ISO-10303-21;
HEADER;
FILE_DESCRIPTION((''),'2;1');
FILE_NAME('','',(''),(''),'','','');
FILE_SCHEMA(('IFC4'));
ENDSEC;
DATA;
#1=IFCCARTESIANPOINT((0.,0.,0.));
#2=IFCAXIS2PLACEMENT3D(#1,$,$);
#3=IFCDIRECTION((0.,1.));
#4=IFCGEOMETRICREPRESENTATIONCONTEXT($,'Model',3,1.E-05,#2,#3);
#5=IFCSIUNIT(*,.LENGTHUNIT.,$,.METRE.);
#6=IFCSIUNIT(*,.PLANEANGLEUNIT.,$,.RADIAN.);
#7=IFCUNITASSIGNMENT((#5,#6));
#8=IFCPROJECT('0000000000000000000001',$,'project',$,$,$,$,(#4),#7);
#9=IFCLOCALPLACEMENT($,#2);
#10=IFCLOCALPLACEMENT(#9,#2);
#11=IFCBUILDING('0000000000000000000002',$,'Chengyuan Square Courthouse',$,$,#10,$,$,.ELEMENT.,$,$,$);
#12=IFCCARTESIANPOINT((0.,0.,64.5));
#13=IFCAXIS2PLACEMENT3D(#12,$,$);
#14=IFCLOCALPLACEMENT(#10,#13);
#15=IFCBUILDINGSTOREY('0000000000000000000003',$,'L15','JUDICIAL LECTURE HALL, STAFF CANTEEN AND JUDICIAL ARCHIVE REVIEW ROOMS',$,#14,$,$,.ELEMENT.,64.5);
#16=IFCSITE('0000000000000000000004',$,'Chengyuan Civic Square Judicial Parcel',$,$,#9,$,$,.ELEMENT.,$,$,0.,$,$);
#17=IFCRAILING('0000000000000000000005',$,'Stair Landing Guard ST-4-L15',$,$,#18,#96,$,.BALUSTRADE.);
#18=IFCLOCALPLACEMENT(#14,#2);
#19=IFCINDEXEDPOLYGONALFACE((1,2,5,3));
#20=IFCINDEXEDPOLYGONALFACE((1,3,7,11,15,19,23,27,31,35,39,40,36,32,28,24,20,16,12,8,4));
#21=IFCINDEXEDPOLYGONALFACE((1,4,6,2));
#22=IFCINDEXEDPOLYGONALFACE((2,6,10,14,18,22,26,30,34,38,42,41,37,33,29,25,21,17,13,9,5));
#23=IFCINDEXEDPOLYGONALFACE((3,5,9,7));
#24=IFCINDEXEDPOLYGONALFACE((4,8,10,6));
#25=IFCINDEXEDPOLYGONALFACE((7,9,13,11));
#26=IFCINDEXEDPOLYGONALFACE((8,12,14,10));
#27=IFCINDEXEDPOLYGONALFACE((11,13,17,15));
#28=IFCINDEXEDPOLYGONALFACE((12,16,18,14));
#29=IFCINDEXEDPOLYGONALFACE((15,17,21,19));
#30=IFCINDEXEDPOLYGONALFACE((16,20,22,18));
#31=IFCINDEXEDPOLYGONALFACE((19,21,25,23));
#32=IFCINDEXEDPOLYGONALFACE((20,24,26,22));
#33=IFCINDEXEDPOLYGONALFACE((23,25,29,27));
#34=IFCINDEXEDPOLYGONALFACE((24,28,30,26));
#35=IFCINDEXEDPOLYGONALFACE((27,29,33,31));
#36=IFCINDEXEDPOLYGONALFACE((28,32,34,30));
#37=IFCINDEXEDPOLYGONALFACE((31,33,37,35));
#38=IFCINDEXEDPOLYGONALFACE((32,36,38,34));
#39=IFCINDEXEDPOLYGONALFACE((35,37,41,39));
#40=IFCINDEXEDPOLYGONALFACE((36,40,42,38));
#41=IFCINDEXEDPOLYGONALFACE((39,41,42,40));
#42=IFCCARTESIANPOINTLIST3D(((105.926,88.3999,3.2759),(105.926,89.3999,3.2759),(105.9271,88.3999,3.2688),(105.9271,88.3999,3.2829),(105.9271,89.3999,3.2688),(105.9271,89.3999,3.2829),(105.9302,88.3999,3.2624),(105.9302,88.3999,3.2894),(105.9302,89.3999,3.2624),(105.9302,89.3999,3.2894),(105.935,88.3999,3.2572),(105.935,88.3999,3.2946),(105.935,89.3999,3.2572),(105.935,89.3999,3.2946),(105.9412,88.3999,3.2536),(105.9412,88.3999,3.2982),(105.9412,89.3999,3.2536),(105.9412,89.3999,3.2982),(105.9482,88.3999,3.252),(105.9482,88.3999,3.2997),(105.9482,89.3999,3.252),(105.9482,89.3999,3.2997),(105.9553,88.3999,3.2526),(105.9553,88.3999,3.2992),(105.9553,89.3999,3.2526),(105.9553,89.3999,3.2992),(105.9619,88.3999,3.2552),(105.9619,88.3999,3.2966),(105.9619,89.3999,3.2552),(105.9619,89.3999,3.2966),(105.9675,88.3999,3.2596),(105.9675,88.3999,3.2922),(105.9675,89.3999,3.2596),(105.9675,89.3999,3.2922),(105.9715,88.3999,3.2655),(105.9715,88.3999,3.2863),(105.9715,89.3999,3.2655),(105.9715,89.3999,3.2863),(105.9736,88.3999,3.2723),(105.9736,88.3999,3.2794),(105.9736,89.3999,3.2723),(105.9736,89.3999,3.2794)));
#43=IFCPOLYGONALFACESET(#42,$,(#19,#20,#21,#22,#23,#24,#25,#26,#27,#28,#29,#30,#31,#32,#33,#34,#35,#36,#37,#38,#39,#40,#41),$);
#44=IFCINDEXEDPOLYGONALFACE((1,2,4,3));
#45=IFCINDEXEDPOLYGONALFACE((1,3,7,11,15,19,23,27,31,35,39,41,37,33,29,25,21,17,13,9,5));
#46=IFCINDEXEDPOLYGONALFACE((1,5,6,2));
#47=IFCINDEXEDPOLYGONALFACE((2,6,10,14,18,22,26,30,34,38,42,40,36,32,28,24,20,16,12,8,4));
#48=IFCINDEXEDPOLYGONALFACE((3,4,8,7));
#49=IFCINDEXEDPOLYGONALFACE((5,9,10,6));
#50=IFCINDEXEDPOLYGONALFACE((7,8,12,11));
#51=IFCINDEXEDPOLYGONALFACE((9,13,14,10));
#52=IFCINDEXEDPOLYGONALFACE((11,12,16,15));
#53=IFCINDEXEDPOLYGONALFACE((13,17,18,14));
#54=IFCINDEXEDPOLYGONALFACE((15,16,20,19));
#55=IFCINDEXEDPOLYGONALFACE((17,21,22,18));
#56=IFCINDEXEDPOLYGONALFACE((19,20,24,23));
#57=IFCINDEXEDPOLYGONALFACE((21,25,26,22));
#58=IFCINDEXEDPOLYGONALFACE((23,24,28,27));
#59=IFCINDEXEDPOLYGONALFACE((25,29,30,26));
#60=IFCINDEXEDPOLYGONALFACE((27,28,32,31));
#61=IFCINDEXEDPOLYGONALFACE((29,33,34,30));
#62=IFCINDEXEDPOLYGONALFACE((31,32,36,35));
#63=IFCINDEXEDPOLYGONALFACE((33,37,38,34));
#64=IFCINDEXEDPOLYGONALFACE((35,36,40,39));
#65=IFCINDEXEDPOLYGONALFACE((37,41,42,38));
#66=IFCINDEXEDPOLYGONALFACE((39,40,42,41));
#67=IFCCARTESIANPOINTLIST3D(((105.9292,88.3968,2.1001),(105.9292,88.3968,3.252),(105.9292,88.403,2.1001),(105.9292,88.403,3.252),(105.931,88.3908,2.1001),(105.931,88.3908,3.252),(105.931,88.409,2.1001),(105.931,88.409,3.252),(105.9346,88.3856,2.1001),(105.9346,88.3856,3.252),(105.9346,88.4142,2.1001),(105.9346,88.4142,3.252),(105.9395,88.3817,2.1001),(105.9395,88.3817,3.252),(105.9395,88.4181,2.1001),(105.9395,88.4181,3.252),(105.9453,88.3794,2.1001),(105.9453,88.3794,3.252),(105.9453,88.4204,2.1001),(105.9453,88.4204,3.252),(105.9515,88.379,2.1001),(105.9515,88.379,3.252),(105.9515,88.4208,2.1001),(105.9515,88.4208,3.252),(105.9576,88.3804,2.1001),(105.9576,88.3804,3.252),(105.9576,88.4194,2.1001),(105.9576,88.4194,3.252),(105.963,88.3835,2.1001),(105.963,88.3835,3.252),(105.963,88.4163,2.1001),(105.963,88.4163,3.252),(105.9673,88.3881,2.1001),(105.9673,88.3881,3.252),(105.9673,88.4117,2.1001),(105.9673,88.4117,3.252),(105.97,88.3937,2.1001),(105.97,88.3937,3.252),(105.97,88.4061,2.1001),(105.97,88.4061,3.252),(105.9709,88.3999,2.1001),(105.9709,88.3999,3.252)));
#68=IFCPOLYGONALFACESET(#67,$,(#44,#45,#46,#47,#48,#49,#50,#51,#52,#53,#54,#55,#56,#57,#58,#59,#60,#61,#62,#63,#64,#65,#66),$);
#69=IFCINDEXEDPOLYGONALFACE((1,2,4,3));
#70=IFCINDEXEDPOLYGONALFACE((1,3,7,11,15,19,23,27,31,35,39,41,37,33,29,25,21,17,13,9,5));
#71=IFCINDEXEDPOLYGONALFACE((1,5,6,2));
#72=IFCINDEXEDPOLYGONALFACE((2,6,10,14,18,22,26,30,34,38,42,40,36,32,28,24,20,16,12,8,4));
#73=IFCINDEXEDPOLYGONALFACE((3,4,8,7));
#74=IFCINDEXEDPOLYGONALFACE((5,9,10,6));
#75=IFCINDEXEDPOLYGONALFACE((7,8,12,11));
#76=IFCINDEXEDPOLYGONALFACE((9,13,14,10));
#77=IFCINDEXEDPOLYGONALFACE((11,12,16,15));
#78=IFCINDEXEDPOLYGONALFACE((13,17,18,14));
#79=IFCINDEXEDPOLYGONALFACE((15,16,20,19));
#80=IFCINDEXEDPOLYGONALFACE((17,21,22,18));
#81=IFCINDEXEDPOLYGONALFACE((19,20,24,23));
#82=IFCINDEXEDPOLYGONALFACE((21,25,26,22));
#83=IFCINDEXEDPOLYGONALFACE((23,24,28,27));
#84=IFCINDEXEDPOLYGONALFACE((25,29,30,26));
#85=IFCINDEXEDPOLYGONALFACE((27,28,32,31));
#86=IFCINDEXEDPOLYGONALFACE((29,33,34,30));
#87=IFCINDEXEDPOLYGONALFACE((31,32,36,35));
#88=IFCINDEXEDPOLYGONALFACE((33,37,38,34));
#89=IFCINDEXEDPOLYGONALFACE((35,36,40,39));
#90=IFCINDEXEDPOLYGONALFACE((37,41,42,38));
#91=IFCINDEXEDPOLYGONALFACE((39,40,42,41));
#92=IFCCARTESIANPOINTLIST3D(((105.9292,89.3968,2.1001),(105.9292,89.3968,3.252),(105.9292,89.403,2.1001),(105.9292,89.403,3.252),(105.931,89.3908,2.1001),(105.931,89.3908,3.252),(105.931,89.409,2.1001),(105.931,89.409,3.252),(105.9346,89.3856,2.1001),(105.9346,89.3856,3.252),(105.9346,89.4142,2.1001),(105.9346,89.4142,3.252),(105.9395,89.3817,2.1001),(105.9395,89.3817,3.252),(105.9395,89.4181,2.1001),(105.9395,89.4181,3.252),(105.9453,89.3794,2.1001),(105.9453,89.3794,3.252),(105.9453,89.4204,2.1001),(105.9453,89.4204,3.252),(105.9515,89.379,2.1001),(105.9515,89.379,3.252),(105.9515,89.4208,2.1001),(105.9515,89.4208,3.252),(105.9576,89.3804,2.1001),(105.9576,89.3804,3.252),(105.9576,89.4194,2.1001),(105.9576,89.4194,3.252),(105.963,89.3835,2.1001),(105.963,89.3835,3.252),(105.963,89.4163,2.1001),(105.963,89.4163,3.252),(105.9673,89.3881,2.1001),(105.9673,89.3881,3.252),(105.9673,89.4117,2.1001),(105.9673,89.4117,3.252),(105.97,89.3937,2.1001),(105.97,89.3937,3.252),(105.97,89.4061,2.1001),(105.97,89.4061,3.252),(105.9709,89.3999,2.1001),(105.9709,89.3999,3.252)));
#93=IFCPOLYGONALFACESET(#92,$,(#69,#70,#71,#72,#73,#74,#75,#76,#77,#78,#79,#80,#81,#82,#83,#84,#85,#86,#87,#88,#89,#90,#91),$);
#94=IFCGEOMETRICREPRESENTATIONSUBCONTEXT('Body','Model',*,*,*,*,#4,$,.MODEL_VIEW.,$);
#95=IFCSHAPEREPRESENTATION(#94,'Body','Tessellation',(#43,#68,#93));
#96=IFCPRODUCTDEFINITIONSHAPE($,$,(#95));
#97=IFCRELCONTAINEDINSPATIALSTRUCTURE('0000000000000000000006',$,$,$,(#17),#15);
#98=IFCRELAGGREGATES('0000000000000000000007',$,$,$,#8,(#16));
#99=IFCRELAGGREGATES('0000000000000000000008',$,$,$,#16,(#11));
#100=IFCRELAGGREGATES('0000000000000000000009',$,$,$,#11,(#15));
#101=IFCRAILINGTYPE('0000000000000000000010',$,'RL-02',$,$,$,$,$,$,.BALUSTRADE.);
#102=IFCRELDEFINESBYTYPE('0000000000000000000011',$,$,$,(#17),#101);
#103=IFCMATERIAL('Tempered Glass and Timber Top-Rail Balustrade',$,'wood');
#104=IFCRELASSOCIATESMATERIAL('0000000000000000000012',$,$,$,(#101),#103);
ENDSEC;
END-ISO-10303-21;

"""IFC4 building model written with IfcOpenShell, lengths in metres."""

from ifc_helpers import new_model, si_unit, direction, frame, origin, origin_2d, place, context, subcontext, project, spatial, circle, extrude, material, type_object, element, save


model = new_model("IFC4")

# Units and contexts
model_context = context("Model", 3, precision=1e-05, world=origin(), true_north=direction((0.0, 1.0)))
body_context = subcontext(model_context, "Body", "Model", "MODEL_VIEW")
ifc_project = project(units=[si_unit("LENGTHUNIT", "METRE"), si_unit("PLANEANGLEUNIT", "RADIAN")], contexts=[model_context])

# Site, building, storey
site_placement = place(None, origin())
site = spatial("IfcSite", under=ifc_project, at=site_placement, Name="Chengyuan Civic Square Judicial Parcel", CompositionType="ELEMENT", RefElevation=0.0)
building_placement = place(site_placement, origin())
building = spatial("IfcBuilding", under=site, at=building_placement, Name="Chengyuan Square Courthouse", CompositionType="ELEMENT")
storey_placement = place(building_placement, frame((0.0, 0.0, 64.5)))
storey = spatial("IfcBuildingStorey", under=building, at=storey_placement, Name="L15", Description="JUDICIAL LECTURE HALL, STAFF CANTEEN AND JUDICIAL ARCHIVE REVIEW ROOMS", CompositionType="ELEMENT", Elevation=64.5)

# Railing
ifc_material_1 = material(Name="Tempered Glass and Timber Top-Rail Balustrade", Category="wood")
railing_type_1 = type_object("IfcRailingType", Name="RL-02", PredefinedType="BALUSTRADE", material=ifc_material_1)
for number, where, name in (
    (1, (105.95, 88.3999, 2.1001), "Stair Landing Guard ST-4-L15"),
):
    element("IfcRailing", number, at=place(storey_placement, frame(where)), inside=storey, type_object=railing_type_1, Name=name, PredefinedType="BALUSTRADE", context=body_context, shape_type="SweptSolid", body=[
        extrude(circle(Radius=0.0239, at=origin_2d()), frame((0.0, 0.0, 1.1758), z_axis=(0.0, 1.0, 0.0), x_axis=(-1.0, 0.0, 0.0)), (0.0, 0.0, 1.0), 1.0),
        extrude(circle(Radius=0.021, at=origin_2d()), origin(), (0.0, 0.0, 1.0), 1.1519),
        extrude(circle(Radius=0.021, at=origin_2d()), frame((0.0, 1.0, 0.0)), (0.0, 0.0, 1.0), 1.1519),
    ])

save(model, "model.ifc")
